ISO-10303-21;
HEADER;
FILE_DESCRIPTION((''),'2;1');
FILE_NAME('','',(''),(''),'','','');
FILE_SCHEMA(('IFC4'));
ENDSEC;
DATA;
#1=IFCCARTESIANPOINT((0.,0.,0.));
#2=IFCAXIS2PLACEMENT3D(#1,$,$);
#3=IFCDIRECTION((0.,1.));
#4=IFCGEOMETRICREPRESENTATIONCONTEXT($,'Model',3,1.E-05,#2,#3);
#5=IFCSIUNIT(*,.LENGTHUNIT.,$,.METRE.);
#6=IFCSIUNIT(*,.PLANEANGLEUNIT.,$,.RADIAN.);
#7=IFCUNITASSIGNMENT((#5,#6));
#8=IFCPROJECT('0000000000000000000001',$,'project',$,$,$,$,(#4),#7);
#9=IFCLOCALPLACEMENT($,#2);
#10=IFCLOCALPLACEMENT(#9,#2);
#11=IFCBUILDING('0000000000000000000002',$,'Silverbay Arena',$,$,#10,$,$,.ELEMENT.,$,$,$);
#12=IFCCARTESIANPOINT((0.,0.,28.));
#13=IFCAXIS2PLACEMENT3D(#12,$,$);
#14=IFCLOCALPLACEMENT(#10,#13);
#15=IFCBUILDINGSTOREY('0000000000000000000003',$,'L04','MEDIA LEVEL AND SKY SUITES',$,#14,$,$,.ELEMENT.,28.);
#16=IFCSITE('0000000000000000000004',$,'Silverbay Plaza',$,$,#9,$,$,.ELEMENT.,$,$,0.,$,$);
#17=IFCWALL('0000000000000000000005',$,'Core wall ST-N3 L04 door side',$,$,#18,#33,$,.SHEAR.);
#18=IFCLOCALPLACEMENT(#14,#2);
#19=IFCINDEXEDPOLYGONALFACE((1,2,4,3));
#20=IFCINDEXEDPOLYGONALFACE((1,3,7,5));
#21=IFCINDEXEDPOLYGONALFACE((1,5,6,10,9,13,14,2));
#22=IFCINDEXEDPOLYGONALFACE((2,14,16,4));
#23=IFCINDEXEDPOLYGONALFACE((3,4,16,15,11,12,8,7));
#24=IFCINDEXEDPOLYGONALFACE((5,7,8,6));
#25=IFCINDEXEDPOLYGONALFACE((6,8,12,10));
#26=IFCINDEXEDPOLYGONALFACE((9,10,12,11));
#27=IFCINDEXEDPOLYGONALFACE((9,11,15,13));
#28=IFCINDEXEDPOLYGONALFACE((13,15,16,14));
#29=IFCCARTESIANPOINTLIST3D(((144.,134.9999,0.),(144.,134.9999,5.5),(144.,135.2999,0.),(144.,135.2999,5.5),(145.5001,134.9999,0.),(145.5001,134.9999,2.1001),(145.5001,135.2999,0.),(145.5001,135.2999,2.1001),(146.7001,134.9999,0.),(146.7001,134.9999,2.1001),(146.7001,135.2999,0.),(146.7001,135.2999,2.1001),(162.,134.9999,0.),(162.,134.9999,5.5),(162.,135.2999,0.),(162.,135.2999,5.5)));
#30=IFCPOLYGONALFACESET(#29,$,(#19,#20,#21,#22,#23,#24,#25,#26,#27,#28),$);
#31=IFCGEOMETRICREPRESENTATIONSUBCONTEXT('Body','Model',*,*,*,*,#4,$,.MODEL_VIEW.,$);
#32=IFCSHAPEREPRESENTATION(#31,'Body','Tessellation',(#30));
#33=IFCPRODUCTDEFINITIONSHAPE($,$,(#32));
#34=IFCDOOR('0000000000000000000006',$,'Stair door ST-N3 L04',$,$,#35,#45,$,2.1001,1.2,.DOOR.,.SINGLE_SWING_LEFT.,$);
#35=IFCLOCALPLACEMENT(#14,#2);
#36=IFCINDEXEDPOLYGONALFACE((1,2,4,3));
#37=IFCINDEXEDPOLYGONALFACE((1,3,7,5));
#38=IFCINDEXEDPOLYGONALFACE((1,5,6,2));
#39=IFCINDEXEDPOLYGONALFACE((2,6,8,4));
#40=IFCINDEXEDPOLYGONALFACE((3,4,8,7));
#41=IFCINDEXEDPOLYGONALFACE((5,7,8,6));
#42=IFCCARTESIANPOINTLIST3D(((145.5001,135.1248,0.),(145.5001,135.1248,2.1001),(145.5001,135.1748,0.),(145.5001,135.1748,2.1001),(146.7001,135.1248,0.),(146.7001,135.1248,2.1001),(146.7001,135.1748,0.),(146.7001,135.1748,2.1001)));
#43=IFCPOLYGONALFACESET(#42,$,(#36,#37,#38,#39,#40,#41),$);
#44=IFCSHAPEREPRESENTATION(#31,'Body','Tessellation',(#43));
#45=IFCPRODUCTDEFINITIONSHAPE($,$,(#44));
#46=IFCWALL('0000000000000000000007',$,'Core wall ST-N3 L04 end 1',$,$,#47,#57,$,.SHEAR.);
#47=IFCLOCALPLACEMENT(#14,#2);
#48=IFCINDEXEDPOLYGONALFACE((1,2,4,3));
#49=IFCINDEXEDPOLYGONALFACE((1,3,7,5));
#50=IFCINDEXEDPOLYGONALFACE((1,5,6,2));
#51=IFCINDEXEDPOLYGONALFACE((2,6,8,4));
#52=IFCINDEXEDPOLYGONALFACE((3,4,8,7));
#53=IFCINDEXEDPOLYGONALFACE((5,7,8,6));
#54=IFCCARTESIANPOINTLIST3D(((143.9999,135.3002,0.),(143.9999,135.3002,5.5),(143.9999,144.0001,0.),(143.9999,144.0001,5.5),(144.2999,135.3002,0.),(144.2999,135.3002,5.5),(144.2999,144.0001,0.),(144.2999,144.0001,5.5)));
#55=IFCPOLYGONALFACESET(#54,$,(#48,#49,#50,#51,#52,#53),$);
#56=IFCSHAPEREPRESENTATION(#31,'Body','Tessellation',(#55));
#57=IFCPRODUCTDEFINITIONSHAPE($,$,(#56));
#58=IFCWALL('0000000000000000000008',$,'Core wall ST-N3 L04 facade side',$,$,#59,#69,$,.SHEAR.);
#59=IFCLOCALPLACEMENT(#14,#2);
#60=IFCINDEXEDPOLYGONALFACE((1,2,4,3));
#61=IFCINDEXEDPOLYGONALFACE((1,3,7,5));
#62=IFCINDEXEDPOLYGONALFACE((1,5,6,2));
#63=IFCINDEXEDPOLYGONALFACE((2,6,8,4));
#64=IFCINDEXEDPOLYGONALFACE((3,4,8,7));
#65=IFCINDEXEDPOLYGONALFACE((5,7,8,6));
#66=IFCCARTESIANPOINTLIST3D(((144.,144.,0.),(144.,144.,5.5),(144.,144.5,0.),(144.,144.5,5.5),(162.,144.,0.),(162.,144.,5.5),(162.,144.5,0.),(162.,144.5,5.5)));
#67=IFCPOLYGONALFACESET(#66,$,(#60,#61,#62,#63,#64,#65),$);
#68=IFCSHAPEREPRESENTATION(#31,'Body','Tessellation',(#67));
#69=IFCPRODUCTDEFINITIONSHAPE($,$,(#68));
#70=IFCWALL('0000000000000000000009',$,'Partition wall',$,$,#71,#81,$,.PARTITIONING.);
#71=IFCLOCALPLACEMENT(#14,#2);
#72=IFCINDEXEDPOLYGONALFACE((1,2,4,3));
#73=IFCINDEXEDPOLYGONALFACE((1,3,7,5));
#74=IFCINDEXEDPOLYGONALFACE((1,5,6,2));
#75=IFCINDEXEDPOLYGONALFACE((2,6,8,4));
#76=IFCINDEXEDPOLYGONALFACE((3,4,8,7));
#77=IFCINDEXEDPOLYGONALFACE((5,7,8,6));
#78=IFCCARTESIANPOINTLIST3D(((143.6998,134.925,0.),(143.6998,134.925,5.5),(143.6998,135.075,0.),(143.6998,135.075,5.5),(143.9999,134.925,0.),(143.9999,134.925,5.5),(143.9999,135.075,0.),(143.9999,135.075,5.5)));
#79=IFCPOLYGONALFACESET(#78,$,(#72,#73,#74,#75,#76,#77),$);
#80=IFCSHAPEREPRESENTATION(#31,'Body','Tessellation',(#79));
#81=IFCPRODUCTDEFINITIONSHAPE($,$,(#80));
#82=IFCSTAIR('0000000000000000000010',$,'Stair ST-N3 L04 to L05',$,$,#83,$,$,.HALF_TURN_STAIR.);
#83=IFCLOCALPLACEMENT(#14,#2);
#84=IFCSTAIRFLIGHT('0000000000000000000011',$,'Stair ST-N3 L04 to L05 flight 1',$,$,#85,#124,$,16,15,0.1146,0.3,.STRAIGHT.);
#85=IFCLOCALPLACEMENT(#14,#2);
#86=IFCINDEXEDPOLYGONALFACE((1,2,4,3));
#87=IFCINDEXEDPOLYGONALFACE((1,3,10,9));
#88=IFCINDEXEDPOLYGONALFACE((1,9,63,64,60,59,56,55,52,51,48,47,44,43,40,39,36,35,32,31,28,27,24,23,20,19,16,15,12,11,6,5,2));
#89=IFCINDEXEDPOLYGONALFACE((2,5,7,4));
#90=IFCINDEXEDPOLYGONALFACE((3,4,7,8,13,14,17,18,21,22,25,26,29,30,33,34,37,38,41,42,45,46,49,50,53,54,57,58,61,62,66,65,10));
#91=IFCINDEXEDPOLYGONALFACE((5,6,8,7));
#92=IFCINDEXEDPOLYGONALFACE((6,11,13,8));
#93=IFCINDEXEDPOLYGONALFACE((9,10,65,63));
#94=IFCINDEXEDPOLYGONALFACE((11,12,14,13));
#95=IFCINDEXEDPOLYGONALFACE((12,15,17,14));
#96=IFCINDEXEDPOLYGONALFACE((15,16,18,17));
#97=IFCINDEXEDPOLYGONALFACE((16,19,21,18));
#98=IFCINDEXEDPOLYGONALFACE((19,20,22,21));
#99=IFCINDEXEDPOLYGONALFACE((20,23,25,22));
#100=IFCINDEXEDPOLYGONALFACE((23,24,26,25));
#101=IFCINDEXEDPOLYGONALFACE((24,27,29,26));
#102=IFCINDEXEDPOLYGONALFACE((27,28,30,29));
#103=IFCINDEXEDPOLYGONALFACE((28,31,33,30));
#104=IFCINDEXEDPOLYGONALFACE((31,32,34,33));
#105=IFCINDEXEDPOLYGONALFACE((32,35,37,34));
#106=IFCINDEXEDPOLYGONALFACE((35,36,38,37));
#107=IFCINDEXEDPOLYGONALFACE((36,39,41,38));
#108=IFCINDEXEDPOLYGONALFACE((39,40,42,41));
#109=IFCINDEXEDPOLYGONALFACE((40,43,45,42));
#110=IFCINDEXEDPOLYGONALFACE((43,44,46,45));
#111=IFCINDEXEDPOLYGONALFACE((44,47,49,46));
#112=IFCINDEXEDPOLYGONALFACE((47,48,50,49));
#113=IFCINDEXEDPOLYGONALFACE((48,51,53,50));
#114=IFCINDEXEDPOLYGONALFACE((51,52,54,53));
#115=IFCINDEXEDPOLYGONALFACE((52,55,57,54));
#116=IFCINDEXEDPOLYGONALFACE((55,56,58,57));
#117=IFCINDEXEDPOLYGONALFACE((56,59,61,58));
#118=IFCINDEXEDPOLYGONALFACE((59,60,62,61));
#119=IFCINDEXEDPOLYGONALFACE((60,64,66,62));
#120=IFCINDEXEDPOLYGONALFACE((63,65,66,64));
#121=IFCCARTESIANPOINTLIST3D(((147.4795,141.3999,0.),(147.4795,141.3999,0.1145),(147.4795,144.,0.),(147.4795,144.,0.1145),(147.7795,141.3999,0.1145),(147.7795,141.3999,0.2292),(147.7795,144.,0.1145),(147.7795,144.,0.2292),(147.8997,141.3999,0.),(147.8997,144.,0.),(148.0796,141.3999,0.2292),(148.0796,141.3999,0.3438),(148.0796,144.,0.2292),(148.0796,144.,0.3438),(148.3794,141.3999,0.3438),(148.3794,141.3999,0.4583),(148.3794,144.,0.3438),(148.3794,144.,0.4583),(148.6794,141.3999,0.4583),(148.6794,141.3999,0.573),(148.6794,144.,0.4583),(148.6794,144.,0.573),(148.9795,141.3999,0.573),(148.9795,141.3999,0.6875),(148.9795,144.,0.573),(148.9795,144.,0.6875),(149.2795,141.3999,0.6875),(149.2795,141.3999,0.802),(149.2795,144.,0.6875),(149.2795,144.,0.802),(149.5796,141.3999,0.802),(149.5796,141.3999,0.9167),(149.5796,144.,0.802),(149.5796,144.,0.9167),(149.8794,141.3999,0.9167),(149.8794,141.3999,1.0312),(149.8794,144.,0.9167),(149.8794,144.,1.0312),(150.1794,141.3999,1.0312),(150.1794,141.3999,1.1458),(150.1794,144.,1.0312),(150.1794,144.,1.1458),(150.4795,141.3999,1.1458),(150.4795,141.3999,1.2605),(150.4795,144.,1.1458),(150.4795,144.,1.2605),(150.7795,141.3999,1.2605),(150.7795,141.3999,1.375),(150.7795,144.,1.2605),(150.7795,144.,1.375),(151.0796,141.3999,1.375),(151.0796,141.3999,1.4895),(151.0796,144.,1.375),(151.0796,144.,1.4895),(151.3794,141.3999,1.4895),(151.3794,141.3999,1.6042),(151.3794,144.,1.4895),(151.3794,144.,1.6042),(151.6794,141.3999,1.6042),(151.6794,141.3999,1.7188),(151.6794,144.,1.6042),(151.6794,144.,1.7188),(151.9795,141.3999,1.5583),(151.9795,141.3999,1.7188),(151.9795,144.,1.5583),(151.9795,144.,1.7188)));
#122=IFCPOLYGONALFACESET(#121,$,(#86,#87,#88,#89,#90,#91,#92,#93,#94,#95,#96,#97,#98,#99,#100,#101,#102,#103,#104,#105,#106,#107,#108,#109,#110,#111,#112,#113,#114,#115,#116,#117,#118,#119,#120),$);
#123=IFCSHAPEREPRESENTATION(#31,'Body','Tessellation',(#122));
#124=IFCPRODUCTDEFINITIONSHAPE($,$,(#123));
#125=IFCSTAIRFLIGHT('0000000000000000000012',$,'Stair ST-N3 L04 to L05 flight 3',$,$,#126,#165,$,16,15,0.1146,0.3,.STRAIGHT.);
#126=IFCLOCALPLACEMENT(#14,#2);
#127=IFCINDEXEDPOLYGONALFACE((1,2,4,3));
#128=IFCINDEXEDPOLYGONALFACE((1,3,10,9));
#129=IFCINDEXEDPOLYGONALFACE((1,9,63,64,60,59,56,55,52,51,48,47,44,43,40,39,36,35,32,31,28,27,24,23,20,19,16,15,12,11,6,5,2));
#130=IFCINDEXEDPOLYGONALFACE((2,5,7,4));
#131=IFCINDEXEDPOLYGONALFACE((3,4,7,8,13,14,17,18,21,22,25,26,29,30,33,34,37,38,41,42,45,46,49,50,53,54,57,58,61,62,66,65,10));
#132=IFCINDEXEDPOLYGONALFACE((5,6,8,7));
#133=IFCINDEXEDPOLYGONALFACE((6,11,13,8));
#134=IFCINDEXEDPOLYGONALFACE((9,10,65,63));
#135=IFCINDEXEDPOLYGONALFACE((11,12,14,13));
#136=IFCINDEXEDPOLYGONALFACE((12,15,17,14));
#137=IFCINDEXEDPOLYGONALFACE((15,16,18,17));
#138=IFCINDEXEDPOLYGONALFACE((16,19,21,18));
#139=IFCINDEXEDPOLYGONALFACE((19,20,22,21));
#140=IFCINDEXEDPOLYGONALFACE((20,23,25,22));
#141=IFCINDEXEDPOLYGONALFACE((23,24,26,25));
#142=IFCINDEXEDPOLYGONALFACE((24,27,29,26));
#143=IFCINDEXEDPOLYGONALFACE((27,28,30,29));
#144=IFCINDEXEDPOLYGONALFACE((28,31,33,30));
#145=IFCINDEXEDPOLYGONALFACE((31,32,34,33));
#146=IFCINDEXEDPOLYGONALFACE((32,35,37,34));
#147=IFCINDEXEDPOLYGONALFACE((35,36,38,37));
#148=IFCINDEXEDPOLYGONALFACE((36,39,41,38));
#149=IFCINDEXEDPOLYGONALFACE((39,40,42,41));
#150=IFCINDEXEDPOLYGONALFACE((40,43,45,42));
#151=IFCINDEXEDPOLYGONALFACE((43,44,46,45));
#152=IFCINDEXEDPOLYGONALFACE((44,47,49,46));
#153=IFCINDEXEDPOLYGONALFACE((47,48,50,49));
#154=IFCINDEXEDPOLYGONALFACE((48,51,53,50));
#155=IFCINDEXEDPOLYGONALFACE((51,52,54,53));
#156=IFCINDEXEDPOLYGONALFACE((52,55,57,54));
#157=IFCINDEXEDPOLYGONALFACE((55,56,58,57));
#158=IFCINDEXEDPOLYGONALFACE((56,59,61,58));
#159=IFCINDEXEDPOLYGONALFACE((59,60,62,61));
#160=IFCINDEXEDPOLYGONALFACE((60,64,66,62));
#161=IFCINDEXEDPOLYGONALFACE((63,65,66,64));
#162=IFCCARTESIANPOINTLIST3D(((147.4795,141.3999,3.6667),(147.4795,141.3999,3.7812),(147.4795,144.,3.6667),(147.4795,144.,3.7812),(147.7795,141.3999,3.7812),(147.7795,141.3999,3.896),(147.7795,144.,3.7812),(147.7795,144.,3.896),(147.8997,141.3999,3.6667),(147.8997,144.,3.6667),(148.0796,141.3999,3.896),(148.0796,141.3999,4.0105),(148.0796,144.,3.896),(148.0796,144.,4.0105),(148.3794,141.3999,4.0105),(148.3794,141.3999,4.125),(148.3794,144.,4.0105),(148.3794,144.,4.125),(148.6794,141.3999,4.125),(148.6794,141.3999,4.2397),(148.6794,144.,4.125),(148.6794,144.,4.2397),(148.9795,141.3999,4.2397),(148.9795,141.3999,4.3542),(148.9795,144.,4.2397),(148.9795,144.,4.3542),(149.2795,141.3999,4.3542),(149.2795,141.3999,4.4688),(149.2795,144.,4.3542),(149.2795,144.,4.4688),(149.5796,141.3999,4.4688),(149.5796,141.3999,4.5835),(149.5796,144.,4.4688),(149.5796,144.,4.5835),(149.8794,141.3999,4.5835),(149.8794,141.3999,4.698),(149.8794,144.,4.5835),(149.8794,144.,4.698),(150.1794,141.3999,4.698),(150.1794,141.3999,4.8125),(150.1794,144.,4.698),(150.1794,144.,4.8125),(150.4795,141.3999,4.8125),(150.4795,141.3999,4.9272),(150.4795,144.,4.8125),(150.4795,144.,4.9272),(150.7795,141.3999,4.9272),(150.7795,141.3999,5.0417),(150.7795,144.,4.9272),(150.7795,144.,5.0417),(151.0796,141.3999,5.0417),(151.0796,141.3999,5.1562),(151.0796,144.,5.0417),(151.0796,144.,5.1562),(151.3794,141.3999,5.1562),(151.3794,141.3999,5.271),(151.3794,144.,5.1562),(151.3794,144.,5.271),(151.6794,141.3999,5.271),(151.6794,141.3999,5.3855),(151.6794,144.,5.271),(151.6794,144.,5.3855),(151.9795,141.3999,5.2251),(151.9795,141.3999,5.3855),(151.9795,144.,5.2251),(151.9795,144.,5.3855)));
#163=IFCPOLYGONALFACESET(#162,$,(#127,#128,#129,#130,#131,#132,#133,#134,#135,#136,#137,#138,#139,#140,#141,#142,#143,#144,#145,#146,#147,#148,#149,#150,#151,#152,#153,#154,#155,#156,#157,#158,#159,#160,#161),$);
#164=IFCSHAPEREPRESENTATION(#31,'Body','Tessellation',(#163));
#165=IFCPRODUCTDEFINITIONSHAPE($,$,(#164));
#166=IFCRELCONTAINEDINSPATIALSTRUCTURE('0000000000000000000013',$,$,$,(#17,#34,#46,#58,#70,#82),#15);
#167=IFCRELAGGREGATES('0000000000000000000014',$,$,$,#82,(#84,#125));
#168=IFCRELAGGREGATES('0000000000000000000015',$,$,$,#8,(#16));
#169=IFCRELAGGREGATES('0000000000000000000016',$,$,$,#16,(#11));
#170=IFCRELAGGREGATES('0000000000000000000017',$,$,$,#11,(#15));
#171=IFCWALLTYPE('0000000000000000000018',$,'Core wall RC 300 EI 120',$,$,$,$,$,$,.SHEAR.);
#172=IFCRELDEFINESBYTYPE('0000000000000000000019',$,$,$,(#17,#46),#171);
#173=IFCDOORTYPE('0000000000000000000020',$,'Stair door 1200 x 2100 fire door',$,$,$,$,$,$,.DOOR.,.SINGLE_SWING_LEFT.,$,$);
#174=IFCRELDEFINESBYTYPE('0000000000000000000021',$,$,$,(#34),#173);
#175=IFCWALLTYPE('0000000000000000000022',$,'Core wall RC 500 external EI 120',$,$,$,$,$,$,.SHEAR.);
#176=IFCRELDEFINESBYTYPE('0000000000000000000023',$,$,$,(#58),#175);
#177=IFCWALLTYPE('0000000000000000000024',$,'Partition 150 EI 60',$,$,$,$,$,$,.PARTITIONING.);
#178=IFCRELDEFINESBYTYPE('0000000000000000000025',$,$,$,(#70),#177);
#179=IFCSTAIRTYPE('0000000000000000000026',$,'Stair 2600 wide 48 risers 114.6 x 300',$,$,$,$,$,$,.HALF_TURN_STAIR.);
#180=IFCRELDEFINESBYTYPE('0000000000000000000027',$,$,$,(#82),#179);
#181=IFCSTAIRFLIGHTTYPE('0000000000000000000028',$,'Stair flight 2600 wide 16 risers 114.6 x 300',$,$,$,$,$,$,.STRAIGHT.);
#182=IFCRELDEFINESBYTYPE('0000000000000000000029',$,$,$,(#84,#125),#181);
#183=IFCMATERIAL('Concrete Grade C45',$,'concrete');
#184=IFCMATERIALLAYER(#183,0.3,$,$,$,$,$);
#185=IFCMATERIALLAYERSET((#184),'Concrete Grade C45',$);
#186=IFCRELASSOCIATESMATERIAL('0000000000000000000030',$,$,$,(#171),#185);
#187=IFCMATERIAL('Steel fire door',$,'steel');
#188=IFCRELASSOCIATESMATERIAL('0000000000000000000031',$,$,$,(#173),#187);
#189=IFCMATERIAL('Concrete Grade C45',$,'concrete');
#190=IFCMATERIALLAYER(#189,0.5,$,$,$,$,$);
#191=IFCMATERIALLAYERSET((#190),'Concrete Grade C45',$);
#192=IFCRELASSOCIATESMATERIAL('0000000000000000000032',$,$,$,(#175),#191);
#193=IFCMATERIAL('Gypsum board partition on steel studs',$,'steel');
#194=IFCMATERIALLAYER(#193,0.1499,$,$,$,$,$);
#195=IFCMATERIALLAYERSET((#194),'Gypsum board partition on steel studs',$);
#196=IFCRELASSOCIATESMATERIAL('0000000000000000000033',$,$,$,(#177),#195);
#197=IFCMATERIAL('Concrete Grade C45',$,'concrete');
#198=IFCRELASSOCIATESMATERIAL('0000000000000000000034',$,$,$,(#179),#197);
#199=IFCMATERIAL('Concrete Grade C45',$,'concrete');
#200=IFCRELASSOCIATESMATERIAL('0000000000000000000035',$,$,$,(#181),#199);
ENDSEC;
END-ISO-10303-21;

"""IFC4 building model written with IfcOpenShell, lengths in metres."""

from ifc_helpers import new_model, si_unit, direction, frame, frame_2d, origin, place, context, subcontext, project, spatial, polyline, rectangle, outline, extrude, material, layer, layer_set, type_object, element, fill, aggregate, save


model = new_model("IFC4")

# Units and contexts
model_context = context("Model", 3, precision=1e-05, world=origin(), true_north=direction((0.0, 1.0)))
body_context = subcontext(model_context, "Body", "Model", "MODEL_VIEW")
ifc_project = project(units=[si_unit("LENGTHUNIT", "METRE"), si_unit("PLANEANGLEUNIT", "RADIAN")], contexts=[model_context])

# Site, building, storey
site_placement = place(None, origin())
site = spatial("IfcSite", under=ifc_project, at=site_placement, Name="Silverbay Plaza", CompositionType="ELEMENT", RefElevation=0.0)
building_placement = place(site_placement, origin())
building = spatial("IfcBuilding", under=site, at=building_placement, Name="Silverbay Arena", CompositionType="ELEMENT")
storey_placement = place(building_placement, frame((0.0, 0.0, 28.0)))
storey = spatial("IfcBuildingStorey", under=building, at=storey_placement, Name="L04", Description="MEDIA LEVEL AND SKY SUITES", CompositionType="ELEMENT", Elevation=28.0)

# Wall, opening, door
ifc_material_1 = material(Name="Concrete Grade C45", Category="concrete")
ifc_layer_1 = layer(ifc_material_1, 0.3)
ifc_layer_set_1 = layer_set([ifc_layer_1], Name="Concrete Grade C45")
wall_type_1 = type_object("IfcWallType", Name="Core wall RC 300 EI 120", PredefinedType="SHEAR", material=ifc_layer_set_1)
wall_1_placement = place(storey_placement, frame((144.0, 135.1499, 0.0), z_axis=(0.0, 0.0, 1.0), x_axis=(1.0, 0.0, 0.0)))
wall_1 = element("IfcWall", 1, at=wall_1_placement, inside=storey, type_object=wall_type_1, Name="Core wall ST-N3 L04 door side", PredefinedType="SHEAR", context=body_context, shape_type="SweptSolid", body=[
    extrude(rectangle(XDim=18.0, YDim=0.3, at=frame_2d((9.0, 0.0))), origin(), (0.0, 0.0, 1.0), 5.5),
])
opening_placement = place(wall_1_placement, frame((1.5, 0.0, 0.0)))
opening = element("IfcOpeningElement", 2, at=opening_placement, cuts=wall_1, PredefinedType="OPENING", context=body_context, shape_type="SweptSolid", body=[
    extrude(rectangle(XDim=1.2, YDim=2.1001, at=frame_2d((0.6001, 1.05))), frame((0.0, 0.1602, 0.0), z_axis=(0.0, -1.0, 0.0), x_axis=(1.0, 0.0, 0.0)), (0.0, 0.0, 1.0), 0.3201),
])
ifc_material_2 = material(Name="Steel fire door", Category="steel")
door_type = type_object("IfcDoorType", Name="Stair door 1200 x 2100 fire door", OperationType="SINGLE_SWING_LEFT", PredefinedType="DOOR", material=ifc_material_2)
door_placement = place(opening_placement, origin())
door = element("IfcDoor", 3, at=door_placement, inside=storey, type_object=door_type, Name="Stair door ST-N3 L04", OperationType="SINGLE_SWING_LEFT", OverallHeight=2.1001, OverallWidth=1.2, PredefinedType="DOOR", context=body_context, shape_type="SweptSolid", body=[
    extrude(rectangle(XDim=1.2, YDim=2.1001, at=frame_2d((0.6001, 1.05))), frame((0.0, 0.0249, 0.0), z_axis=(0.0, -1.0, 0.0), x_axis=(1.0, 0.0, 0.0)), (0.0, 0.0, 1.0), 0.05),
])
fill(opening, door)

# Walls
wall_2_placement = place(storey_placement, frame((144.1499, 135.3, 0.0), z_axis=(0.0, 0.0, 1.0), x_axis=(0.0, 1.0, 0.0)))
element("IfcWall", 4, at=wall_2_placement, inside=storey, type_object=wall_type_1, Name="Core wall ST-N3 L04 end 1", PredefinedType="SHEAR", context=body_context, shape_type="SweptSolid", body=[
    extrude(rectangle(XDim=8.7, YDim=0.3, at=frame_2d((4.3501, 0.0))), origin(), (0.0, 0.0, 1.0), 5.5),
])
ifc_material_3 = material(Name="Concrete Grade C45", Category="concrete")
ifc_layer_2 = layer(ifc_material_3, 0.5)
ifc_layer_set_2 = layer_set([ifc_layer_2], Name="Concrete Grade C45")
wall_type_2 = type_object("IfcWallType", Name="Core wall RC 500 external EI 120", PredefinedType="SHEAR", material=ifc_layer_set_2)
wall_3_placement = place(storey_placement, frame((144.0, 144.25, 0.0), z_axis=(0.0, 0.0, 1.0), x_axis=(1.0, 0.0, 0.0)))
element("IfcWall", 5, at=wall_3_placement, inside=storey, type_object=wall_type_2, Name="Core wall ST-N3 L04 facade side", PredefinedType="SHEAR", context=body_context, shape_type="SweptSolid", body=[
    extrude(rectangle(XDim=18.0, YDim=0.5, at=frame_2d((9.0, 0.0))), origin(), (0.0, 0.0, 1.0), 5.5),
])
ifc_material_4 = material(Name="Gypsum board partition on steel studs", Category="steel")
ifc_layer_3 = layer(ifc_material_4, 0.1499)
ifc_layer_set_3 = layer_set([ifc_layer_3], Name="Gypsum board partition on steel studs")
wall_type_3 = type_object("IfcWallType", Name="Partition 150 EI 60", PredefinedType="PARTITIONING", material=ifc_layer_set_3)
wall_4_placement = place(storey_placement, frame((143.7, 135.0, 0.0), z_axis=(0.0, 0.0, 1.0), x_axis=(1.0, 0.0, 0.0)))
element("IfcWall", 6, at=wall_4_placement, inside=storey, type_object=wall_type_3, Name="Partition wall", PredefinedType="PARTITIONING", context=body_context, shape_type="SweptSolid", body=[
    extrude(rectangle(XDim=0.3, YDim=0.1499, at=frame_2d((0.1499, 0.0))), origin(), (0.0, 0.0, 1.0), 5.5),
])

# Stair, stair flights
ifc_material_5 = material(Name="Concrete Grade C45", Category="concrete")
stair_type = type_object("IfcStairType", Name="Stair 2600 wide 48 risers 114.6 x 300", PredefinedType="HALF_TURN_STAIR", material=ifc_material_5)
stair_placement = place(storey_placement, origin())
stair = element("IfcStair", 7, at=stair_placement, inside=storey, type_object=stair_type, Name="Stair ST-N3 L04 to L05", PredefinedType="HALF_TURN_STAIR")
ifc_material_6 = material(Name="Concrete Grade C45", Category="concrete")
stair_flight_type = type_object("IfcStairFlightType", Name="Stair flight 2600 wide 16 risers 114.6 x 300", PredefinedType="STRAIGHT", material=ifc_material_6)
stair_flight_1_placement = place(storey_placement, frame((147.4795, 142.7, 0.0), z_axis=(0.0, 0.0, 1.0), x_axis=(1.0, 0.0, 0.0)))
stair_flight_1 = element("IfcStairFlight", 8, at=stair_flight_1_placement, type_object=stair_flight_type, Name="Stair ST-N3 L04 to L05 flight 1", NumberOfRisers=16, NumberOfTreads=15, PredefinedType="STRAIGHT", RiserHeight=0.1146, TreadLength=0.3, context=body_context, shape_type="SweptSolid", body=[
    extrude(outline(polyline([(0.0, 0.0), (0.0, 0.1145), (0.3, 0.1145), (0.3, 0.2292), (0.6001, 0.2292), (0.6001, 0.3438), (0.8999, 0.3438), (0.8999, 0.4583), (1.2, 0.4583), (1.2, 0.573), (1.5, 0.573), (1.5, 0.6875), (1.8, 0.6875), (1.8, 0.802), (2.1001, 0.802), (2.1001, 0.9167), (2.3999, 0.9167), (2.3999, 1.0312), (2.7, 1.0312), (2.7, 1.1458), (3.0, 1.1458), (3.0, 1.2605), (3.3, 1.2605), (3.3, 1.375), (3.6001, 1.375), (3.6001, 1.4895), (3.8999, 1.4895), (3.8999, 1.6042), (4.2, 1.6042), (4.2, 1.7188), (4.5, 1.7188), (4.5, 1.5583), (0.4202, 0.0), (0.0, 0.0)])), frame((0.0, 1.3, 0.0), z_axis=(0.0, -1.0, 0.0), x_axis=(1.0, 0.0, 0.0)), (0.0, 0.0, 1.0), 2.6001),
])
stair_flight_2_placement = place(storey_placement, frame((147.4795, 142.7, 3.6667), z_axis=(0.0, 0.0, 1.0), x_axis=(1.0, 0.0, 0.0)))
stair_flight_2 = element("IfcStairFlight", 9, at=stair_flight_2_placement, type_object=stair_flight_type, Name="Stair ST-N3 L04 to L05 flight 3", NumberOfRisers=16, NumberOfTreads=15, PredefinedType="STRAIGHT", RiserHeight=0.1146, TreadLength=0.3, context=body_context, shape_type="SweptSolid", body=[
    extrude(outline(polyline([(0.0, 0.0), (0.0, 0.1145), (0.3, 0.1145), (0.3, 0.2292), (0.6001, 0.2292), (0.6001, 0.3438), (0.8999, 0.3438), (0.8999, 0.4583), (1.2, 0.4583), (1.2, 0.573), (1.5, 0.573), (1.5, 0.6875), (1.8, 0.6875), (1.8, 0.802), (2.1001, 0.802), (2.1001, 0.9167), (2.3999, 0.9167), (2.3999, 1.0312), (2.7, 1.0312), (2.7, 1.1458), (3.0, 1.1458), (3.0, 1.2605), (3.3, 1.2605), (3.3, 1.375), (3.6001, 1.375), (3.6001, 1.4895), (3.8999, 1.4895), (3.8999, 1.6042), (4.2, 1.6042), (4.2, 1.7188), (4.5, 1.7188), (4.5, 1.5583), (0.4202, 0.0), (0.0, 0.0)])), frame((0.0, 1.3, 0.0), z_axis=(0.0, -1.0, 0.0), x_axis=(1.0, 0.0, 0.0)), (0.0, 0.0, 1.0), 2.6001),
])
aggregate(stair, [stair_flight_1, stair_flight_2])

save(model, "model.ifc")
